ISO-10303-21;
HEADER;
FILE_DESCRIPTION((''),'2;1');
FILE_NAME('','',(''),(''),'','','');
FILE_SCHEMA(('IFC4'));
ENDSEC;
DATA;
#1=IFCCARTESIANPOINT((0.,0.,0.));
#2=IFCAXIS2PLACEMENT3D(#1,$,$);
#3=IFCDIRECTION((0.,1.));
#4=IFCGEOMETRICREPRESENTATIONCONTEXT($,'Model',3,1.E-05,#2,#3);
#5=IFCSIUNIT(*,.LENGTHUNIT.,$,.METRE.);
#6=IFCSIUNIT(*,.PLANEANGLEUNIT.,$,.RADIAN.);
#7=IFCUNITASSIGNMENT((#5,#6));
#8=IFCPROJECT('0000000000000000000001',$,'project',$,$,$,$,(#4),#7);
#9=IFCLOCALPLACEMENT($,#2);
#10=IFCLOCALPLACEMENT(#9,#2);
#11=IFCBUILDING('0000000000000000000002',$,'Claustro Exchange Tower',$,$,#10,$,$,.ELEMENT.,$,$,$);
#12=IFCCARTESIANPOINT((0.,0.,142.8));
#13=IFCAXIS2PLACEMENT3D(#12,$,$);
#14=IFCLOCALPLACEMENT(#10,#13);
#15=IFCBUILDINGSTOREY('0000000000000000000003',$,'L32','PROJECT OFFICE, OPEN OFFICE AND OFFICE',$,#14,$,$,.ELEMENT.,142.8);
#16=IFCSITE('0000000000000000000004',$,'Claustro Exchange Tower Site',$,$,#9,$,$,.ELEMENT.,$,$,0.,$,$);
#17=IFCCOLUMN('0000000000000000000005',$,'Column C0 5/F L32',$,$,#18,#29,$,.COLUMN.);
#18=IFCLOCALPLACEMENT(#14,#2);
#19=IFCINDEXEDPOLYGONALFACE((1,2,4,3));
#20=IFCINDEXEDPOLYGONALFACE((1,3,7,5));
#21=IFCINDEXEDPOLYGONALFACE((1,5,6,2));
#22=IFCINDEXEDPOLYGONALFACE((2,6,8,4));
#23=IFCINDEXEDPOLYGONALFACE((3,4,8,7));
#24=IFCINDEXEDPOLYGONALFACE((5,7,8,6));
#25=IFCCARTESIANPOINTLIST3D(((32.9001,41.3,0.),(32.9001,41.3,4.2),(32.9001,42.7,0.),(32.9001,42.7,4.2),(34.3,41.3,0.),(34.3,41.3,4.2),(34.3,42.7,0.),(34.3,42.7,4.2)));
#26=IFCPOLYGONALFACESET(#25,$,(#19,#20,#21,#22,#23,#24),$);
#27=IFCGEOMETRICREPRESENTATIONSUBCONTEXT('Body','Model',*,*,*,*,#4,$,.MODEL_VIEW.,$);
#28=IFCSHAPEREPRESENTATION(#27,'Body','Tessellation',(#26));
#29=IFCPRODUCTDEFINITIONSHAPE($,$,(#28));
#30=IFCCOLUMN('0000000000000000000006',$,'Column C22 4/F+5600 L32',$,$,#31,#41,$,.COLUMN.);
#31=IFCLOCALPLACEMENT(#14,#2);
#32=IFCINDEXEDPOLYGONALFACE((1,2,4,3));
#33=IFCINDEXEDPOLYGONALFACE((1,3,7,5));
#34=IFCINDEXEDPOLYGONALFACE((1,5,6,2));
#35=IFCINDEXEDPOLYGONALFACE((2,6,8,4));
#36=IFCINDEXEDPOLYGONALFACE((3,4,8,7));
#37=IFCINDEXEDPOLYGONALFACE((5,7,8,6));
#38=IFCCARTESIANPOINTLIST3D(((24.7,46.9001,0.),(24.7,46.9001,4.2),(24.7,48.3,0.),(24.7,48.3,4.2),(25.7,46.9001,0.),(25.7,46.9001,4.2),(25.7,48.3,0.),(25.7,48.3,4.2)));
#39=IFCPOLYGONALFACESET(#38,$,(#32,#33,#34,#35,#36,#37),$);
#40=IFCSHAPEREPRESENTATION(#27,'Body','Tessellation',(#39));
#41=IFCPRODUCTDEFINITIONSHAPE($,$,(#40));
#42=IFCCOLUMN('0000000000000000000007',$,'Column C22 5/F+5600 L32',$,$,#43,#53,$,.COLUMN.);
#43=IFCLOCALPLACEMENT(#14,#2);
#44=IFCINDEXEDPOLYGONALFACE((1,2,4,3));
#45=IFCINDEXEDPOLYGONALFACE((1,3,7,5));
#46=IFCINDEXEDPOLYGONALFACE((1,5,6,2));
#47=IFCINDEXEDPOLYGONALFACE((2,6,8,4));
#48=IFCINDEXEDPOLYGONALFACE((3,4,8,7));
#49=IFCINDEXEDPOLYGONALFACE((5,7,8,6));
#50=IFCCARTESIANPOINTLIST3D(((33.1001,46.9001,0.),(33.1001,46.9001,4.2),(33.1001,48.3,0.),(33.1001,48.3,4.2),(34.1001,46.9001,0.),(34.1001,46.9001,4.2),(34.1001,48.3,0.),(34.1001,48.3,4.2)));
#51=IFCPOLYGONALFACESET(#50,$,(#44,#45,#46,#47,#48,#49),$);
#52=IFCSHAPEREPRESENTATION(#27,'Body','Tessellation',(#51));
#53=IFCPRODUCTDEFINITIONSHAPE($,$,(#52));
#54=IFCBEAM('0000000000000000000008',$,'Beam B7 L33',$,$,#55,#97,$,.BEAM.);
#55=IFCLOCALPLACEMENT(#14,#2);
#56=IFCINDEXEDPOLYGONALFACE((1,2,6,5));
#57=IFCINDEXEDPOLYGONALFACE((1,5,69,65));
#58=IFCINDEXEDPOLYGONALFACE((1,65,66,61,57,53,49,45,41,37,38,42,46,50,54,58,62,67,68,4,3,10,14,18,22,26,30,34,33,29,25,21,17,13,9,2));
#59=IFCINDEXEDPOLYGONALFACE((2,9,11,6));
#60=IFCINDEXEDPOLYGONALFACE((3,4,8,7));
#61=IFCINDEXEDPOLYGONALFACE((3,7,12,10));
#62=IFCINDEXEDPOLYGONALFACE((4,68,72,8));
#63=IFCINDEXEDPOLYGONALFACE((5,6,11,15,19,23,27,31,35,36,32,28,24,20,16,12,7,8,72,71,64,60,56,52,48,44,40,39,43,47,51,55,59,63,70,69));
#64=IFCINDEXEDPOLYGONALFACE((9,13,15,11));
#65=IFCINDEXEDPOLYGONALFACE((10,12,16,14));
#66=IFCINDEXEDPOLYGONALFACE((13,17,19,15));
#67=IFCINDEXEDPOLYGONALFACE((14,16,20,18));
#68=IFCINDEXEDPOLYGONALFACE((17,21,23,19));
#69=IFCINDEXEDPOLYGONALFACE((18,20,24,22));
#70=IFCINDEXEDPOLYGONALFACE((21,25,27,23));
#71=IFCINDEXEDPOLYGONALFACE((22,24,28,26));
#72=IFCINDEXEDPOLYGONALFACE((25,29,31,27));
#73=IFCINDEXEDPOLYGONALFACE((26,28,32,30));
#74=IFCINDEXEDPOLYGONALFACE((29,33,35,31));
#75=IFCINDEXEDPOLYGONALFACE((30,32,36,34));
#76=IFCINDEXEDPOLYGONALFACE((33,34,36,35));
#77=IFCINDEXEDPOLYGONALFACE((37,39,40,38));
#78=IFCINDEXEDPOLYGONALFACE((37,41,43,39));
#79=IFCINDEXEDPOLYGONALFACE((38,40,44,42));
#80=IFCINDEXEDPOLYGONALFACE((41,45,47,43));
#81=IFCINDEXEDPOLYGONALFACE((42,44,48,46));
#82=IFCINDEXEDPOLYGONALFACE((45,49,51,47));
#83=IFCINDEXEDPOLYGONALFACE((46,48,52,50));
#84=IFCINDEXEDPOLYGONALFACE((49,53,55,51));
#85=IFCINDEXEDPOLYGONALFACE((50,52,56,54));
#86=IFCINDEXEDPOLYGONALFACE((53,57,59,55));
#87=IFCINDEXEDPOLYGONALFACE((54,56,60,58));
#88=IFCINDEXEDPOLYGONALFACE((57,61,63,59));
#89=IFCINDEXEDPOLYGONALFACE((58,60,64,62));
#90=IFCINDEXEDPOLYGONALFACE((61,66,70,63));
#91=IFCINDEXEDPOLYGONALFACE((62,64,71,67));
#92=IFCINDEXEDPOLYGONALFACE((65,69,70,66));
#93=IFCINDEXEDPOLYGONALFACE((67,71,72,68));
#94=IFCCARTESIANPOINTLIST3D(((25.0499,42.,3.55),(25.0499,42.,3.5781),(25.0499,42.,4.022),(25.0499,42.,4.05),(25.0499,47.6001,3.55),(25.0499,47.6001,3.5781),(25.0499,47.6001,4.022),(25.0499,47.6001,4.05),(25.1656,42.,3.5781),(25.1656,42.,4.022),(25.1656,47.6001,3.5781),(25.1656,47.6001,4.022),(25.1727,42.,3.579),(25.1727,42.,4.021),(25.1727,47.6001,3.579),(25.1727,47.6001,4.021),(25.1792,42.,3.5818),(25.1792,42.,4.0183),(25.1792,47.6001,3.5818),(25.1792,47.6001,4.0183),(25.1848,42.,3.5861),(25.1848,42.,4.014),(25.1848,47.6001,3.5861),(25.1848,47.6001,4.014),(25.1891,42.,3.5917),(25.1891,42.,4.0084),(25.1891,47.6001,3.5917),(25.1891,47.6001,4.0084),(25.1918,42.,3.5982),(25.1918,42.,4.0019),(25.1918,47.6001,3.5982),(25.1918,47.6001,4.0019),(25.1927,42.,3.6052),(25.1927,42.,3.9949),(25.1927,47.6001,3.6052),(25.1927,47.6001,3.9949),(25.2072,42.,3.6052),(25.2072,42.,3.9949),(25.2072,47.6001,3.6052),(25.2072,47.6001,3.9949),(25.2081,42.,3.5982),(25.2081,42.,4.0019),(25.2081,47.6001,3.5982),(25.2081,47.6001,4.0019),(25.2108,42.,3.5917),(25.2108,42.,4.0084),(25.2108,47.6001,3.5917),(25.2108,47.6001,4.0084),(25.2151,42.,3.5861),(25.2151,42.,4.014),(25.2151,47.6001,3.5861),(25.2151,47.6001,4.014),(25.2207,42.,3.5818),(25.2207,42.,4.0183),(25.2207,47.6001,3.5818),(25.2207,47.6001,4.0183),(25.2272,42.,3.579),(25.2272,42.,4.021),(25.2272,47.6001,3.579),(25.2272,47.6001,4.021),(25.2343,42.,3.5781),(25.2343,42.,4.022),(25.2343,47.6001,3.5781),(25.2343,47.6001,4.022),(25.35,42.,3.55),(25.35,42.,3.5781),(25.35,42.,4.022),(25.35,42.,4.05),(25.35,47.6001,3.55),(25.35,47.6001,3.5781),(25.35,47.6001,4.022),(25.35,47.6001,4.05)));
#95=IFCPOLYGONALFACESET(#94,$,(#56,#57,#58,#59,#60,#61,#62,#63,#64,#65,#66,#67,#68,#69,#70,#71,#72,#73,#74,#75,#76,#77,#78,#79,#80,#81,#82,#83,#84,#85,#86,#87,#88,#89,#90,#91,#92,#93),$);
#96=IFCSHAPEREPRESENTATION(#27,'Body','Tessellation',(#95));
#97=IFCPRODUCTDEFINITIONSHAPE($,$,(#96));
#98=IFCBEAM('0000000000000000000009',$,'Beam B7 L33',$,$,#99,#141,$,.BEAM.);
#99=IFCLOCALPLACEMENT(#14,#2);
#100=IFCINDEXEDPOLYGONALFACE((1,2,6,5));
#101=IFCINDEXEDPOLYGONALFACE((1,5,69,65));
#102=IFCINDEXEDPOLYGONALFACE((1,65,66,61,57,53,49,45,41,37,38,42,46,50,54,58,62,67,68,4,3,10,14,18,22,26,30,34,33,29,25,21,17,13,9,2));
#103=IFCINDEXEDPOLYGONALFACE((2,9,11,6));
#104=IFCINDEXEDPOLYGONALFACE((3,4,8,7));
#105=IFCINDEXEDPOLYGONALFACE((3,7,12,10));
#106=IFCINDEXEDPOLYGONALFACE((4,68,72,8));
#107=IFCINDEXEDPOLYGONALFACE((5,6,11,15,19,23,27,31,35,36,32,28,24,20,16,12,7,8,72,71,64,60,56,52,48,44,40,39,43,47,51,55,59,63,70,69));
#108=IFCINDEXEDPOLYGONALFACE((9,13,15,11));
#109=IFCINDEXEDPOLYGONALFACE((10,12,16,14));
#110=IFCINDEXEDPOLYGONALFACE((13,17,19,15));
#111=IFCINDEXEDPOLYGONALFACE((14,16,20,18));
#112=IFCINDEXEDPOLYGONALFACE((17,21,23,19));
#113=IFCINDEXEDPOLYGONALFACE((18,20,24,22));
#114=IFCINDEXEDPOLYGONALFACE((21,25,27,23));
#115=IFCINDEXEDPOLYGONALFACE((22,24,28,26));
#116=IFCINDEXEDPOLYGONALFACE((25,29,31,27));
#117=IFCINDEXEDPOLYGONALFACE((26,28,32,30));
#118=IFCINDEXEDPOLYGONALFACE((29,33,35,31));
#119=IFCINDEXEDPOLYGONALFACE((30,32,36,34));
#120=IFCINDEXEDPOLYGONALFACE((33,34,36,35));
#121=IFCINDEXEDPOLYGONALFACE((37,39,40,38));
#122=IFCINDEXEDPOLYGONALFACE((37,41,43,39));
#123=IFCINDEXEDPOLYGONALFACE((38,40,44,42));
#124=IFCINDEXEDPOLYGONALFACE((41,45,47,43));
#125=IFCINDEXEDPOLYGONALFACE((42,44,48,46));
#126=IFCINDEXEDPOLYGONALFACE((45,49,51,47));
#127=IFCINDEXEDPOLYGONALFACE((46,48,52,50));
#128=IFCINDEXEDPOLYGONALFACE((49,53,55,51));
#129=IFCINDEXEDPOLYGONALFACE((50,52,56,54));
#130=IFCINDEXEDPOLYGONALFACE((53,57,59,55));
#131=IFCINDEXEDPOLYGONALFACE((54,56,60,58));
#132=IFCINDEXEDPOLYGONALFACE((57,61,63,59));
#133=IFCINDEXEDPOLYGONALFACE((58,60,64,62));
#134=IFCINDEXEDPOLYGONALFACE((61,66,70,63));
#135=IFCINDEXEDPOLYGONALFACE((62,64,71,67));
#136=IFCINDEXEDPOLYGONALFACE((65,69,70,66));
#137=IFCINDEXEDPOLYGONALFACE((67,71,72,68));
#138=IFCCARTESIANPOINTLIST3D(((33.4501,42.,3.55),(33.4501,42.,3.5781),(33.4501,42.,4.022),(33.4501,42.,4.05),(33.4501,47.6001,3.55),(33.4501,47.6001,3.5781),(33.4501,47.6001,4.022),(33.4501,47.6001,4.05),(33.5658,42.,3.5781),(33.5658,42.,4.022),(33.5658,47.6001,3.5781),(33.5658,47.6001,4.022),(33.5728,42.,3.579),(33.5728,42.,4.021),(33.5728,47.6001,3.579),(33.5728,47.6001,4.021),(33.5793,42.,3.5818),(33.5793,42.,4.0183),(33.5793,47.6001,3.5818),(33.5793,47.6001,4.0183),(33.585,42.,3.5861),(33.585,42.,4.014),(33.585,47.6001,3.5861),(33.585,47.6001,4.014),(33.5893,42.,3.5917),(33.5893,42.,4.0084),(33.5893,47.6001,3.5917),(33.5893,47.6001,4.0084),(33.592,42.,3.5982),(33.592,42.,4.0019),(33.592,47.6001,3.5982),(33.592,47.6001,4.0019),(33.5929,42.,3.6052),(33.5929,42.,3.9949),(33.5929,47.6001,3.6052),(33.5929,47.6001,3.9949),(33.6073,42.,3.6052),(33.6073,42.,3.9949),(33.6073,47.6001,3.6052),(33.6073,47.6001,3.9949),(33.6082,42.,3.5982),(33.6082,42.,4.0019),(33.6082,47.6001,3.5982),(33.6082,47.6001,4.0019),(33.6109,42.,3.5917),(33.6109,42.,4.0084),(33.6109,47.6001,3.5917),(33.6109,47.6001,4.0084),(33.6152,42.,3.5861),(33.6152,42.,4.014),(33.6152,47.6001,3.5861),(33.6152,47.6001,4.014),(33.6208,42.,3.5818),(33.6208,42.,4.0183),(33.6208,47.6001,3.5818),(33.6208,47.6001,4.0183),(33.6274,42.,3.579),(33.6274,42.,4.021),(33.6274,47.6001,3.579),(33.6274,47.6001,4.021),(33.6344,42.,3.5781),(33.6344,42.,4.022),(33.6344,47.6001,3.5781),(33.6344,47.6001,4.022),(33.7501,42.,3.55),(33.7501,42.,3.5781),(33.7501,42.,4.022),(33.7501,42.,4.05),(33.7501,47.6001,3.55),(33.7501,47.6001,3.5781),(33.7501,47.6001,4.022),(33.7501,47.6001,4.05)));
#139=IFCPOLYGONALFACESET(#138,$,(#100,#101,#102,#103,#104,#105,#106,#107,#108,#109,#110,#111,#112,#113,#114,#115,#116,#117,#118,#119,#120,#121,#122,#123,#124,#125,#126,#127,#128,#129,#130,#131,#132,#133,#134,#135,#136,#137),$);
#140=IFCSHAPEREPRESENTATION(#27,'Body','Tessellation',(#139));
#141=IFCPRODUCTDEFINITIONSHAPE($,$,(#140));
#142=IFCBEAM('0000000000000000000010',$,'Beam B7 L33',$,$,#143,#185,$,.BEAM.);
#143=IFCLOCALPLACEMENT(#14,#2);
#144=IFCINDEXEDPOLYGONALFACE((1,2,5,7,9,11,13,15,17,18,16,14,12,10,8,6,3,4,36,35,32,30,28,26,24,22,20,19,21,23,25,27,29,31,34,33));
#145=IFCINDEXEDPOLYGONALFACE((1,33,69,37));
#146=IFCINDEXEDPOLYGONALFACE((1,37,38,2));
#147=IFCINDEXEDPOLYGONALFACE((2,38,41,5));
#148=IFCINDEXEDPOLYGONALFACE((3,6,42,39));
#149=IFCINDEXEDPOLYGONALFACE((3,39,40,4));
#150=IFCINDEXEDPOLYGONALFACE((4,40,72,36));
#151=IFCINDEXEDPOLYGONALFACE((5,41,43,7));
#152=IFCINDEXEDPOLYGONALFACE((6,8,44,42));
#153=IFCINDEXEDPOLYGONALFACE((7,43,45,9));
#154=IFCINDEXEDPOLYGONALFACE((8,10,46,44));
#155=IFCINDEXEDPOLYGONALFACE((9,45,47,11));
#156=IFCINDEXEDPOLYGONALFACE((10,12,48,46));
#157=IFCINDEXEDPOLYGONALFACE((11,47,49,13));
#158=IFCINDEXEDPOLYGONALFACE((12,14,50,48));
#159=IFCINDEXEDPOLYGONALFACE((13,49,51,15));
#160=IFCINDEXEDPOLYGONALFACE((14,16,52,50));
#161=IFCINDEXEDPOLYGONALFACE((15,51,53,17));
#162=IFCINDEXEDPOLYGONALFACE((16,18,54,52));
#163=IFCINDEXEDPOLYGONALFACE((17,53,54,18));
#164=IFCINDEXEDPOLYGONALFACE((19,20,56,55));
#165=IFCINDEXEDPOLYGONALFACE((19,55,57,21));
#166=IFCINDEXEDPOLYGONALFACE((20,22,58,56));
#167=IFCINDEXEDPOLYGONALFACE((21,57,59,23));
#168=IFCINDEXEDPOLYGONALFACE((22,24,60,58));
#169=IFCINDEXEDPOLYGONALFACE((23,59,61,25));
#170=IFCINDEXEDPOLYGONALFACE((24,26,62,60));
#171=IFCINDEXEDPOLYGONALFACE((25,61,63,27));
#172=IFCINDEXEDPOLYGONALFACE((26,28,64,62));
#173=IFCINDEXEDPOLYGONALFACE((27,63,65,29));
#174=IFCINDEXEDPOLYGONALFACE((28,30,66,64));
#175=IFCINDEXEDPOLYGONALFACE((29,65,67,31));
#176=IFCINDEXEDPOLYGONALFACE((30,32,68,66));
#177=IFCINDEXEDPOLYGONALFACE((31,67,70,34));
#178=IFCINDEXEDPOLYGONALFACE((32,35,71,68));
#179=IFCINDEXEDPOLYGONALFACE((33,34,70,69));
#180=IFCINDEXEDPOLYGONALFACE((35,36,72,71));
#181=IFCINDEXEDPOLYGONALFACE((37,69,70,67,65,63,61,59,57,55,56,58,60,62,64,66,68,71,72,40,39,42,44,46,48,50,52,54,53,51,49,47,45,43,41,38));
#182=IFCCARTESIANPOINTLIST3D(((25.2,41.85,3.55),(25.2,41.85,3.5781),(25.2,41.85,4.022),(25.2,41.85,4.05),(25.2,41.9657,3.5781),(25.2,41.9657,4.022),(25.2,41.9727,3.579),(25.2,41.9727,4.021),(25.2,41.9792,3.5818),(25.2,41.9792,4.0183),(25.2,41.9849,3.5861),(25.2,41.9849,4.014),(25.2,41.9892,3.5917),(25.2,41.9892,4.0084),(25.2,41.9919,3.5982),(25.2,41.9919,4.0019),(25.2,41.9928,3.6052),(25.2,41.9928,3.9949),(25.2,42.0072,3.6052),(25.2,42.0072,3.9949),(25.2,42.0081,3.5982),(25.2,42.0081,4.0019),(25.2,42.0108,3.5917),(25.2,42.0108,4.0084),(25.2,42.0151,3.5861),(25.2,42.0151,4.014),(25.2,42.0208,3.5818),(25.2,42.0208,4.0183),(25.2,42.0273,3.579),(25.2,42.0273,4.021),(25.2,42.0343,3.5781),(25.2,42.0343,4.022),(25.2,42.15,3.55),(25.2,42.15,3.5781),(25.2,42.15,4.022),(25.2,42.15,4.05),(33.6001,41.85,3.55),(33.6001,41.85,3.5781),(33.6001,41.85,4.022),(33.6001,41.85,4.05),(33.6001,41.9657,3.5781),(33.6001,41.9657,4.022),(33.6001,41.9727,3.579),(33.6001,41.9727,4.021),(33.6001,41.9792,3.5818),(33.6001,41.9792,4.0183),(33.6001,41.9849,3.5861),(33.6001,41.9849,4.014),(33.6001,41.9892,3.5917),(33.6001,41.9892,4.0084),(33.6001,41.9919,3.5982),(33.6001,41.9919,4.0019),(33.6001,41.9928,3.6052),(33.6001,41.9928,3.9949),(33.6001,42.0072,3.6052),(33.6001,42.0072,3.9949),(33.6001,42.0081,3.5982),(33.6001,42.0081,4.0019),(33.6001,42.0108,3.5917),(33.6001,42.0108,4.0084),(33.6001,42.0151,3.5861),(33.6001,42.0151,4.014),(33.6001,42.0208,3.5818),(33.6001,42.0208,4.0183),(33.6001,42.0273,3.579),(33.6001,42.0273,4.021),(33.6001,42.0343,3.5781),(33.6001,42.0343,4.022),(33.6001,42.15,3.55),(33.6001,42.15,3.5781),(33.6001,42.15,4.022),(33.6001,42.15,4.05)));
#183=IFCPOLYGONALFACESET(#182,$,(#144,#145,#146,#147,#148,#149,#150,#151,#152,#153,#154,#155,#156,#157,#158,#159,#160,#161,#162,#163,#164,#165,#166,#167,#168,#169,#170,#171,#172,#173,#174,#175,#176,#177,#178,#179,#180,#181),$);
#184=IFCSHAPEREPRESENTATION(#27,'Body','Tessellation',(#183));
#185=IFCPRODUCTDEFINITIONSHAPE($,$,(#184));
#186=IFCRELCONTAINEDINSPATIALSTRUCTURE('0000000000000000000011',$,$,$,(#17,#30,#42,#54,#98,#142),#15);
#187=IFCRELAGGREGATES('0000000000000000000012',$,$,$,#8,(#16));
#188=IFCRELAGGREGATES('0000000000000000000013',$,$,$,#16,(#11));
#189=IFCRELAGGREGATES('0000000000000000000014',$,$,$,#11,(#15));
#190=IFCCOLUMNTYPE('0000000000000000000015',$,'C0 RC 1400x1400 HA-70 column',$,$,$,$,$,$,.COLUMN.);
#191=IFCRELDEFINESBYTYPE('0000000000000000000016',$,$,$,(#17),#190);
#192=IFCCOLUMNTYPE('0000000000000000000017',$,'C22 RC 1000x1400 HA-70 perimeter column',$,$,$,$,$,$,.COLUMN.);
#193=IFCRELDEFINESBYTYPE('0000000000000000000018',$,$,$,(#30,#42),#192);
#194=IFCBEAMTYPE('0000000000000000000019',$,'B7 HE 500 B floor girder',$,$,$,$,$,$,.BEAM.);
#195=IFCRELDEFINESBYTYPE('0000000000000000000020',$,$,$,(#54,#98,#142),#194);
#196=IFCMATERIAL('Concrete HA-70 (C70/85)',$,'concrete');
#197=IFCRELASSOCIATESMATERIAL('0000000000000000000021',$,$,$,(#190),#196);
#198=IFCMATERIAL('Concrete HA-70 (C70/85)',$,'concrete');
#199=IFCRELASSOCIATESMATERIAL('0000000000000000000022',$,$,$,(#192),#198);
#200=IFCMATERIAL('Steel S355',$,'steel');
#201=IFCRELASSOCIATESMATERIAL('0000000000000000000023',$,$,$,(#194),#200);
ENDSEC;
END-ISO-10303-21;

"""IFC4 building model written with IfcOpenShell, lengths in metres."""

from ifc_helpers import new_model, si_unit, direction, frame, origin, origin_2d, place, context, subcontext, project, spatial, rectangle, i_section, extrude, material, material_profile, profile_set, type_object, element, save


model = new_model("IFC4")

# Units and contexts
model_context = context("Model", 3, precision=1e-05, world=origin(), true_north=direction((0.0, 1.0)))
body_context = subcontext(model_context, "Body", "Model", "MODEL_VIEW")
ifc_project = project(units=[si_unit("LENGTHUNIT", "METRE"), si_unit("PLANEANGLEUNIT", "RADIAN")], contexts=[model_context])

# Site, building, storey
site_placement = place(None, origin())
site = spatial("IfcSite", under=ifc_project, at=site_placement, Name="Claustro Exchange Tower Site", CompositionType="ELEMENT", RefElevation=0.0)
building_placement = place(site_placement, origin())
building = spatial("IfcBuilding", under=site, at=building_placement, Name="Claustro Exchange Tower", CompositionType="ELEMENT")
storey_placement = place(building_placement, frame((0.0, 0.0, 142.8)))
storey = spatial("IfcBuildingStorey", under=building, at=storey_placement, Name="L32", Description="PROJECT OFFICE, OPEN OFFICE AND OFFICE", CompositionType="ELEMENT", Elevation=142.8)

# Columns
ifc_material_1 = material(Name="Concrete HA-70 (C70/85)", Category="concrete")
ifc_material_profile_1 = material_profile(ifc_material_1, rectangle(XDim=1.3999, YDim=1.3999, at=origin_2d()), Name="RC 1400x1400")
ifc_profile_set_1 = profile_set([ifc_material_profile_1], Name="Concrete HA-70 (C70/85)")
column_type_1 = type_object("IfcColumnType", Name="C0 RC 1400x1400 HA-70 column", PredefinedType="COLUMN", material=ifc_profile_set_1)
column_placement = place(storey_placement, frame((33.6001, 42.0, 0.0), z_axis=(0.0, 0.0, 1.0), x_axis=(1.0, 0.0, 0.0)))
element("IfcColumn", 1, at=column_placement, inside=storey, type_object=column_type_1, Name="Column C0 5/F L32", PredefinedType="COLUMN", context=body_context, shape_type="SweptSolid", body=[
    extrude(rectangle(XDim=1.3999, YDim=1.3999, at=origin_2d()), origin(), (0.0, 0.0, 1.0), 4.2),
])
ifc_material_2 = material(Name="Concrete HA-70 (C70/85)", Category="concrete")
ifc_material_profile_2 = material_profile(ifc_material_2, rectangle(XDim=1.0, YDim=1.3999, at=origin_2d()), Name="RC 1000x1400")
ifc_profile_set_2 = profile_set([ifc_material_profile_2], Name="Concrete HA-70 (C70/85)")
column_type_2 = type_object("IfcColumnType", Name="C22 RC 1000x1400 HA-70 perimeter column", PredefinedType="COLUMN", material=ifc_profile_set_2)
for number, where, z_axis, x_axis, name in (
    (2, (25.2, 47.6001, 0.0), (0.0, 0.0, 1.0), (1.0, 0.0, 0.0), "Column C22 4/F+5600 L32"),
    (3, (33.6001, 47.6001, 0.0), (0.0, 0.0, 1.0), (1.0, 0.0, 0.0), "Column C22 5/F+5600 L32"),
):
    element("IfcColumn", number, at=place(storey_placement, frame(where, z_axis=z_axis, x_axis=x_axis)), inside=storey, type_object=column_type_2, Name=name, PredefinedType="COLUMN", context=body_context, shape_type="SweptSolid", body=[
        extrude(rectangle(XDim=1.0, YDim=1.3999, at=origin_2d()), origin(), (0.0, 0.0, 1.0), 4.2),
    ])

# Beams
ifc_material_3 = material(Name="Steel S355", Category="steel")
ifc_material_profile_3 = material_profile(ifc_material_3, i_section(OverallWidth=0.3, OverallDepth=0.5, WebThickness=0.0144, FlangeThickness=0.0281, FilletRadius=0.0271, at=origin_2d()), Name="HE 500 B")
ifc_profile_set_3 = profile_set([ifc_material_profile_3], Name="Steel S355")
beam_type_1 = type_object("IfcBeamType", Name="B7 HE 500 B floor girder", PredefinedType="BEAM", material=ifc_profile_set_3)
for number, where, z_axis, x_axis, name in (
    (4, (25.2, 42.0, 3.8), (0.0, 1.0, 0.0), (-1.0, 0.0, 0.0), "Beam B7 L33"),
    (5, (33.6001, 42.0, 3.8), (0.0, 1.0, 0.0), (-1.0, 0.0, 0.0), "Beam B7 L33"),
):
    element("IfcBeam", number, at=place(storey_placement, frame(where, z_axis=z_axis, x_axis=x_axis)), inside=storey, type_object=beam_type_1, Name=name, PredefinedType="BEAM", context=body_context, shape_type="SweptSolid", body=[
        extrude(i_section(OverallWidth=0.3, OverallDepth=0.5, WebThickness=0.0144, FlangeThickness=0.0281, FilletRadius=0.0271, at=origin_2d()), origin(), (0.0, 0.0, 1.0), 5.6001),
    ])
beam_1_placement = place(storey_placement, frame((25.2, 42.0, 3.8), z_axis=(1.0, 0.0, 0.0), x_axis=(0.0, 1.0, 0.0)))
element("IfcBeam", 6, at=beam_1_placement, inside=storey, type_object=beam_type_1, Name="Beam B7 L33", PredefinedType="BEAM", context=body_context, shape_type="SweptSolid", body=[
    extrude(i_section(OverallWidth=0.3, OverallDepth=0.5, WebThickness=0.0144, FlangeThickness=0.0281, FilletRadius=0.0271, at=origin_2d()), origin(), (0.0, 0.0, 1.0), 8.4001),
])

save(model, "model.ifc")
